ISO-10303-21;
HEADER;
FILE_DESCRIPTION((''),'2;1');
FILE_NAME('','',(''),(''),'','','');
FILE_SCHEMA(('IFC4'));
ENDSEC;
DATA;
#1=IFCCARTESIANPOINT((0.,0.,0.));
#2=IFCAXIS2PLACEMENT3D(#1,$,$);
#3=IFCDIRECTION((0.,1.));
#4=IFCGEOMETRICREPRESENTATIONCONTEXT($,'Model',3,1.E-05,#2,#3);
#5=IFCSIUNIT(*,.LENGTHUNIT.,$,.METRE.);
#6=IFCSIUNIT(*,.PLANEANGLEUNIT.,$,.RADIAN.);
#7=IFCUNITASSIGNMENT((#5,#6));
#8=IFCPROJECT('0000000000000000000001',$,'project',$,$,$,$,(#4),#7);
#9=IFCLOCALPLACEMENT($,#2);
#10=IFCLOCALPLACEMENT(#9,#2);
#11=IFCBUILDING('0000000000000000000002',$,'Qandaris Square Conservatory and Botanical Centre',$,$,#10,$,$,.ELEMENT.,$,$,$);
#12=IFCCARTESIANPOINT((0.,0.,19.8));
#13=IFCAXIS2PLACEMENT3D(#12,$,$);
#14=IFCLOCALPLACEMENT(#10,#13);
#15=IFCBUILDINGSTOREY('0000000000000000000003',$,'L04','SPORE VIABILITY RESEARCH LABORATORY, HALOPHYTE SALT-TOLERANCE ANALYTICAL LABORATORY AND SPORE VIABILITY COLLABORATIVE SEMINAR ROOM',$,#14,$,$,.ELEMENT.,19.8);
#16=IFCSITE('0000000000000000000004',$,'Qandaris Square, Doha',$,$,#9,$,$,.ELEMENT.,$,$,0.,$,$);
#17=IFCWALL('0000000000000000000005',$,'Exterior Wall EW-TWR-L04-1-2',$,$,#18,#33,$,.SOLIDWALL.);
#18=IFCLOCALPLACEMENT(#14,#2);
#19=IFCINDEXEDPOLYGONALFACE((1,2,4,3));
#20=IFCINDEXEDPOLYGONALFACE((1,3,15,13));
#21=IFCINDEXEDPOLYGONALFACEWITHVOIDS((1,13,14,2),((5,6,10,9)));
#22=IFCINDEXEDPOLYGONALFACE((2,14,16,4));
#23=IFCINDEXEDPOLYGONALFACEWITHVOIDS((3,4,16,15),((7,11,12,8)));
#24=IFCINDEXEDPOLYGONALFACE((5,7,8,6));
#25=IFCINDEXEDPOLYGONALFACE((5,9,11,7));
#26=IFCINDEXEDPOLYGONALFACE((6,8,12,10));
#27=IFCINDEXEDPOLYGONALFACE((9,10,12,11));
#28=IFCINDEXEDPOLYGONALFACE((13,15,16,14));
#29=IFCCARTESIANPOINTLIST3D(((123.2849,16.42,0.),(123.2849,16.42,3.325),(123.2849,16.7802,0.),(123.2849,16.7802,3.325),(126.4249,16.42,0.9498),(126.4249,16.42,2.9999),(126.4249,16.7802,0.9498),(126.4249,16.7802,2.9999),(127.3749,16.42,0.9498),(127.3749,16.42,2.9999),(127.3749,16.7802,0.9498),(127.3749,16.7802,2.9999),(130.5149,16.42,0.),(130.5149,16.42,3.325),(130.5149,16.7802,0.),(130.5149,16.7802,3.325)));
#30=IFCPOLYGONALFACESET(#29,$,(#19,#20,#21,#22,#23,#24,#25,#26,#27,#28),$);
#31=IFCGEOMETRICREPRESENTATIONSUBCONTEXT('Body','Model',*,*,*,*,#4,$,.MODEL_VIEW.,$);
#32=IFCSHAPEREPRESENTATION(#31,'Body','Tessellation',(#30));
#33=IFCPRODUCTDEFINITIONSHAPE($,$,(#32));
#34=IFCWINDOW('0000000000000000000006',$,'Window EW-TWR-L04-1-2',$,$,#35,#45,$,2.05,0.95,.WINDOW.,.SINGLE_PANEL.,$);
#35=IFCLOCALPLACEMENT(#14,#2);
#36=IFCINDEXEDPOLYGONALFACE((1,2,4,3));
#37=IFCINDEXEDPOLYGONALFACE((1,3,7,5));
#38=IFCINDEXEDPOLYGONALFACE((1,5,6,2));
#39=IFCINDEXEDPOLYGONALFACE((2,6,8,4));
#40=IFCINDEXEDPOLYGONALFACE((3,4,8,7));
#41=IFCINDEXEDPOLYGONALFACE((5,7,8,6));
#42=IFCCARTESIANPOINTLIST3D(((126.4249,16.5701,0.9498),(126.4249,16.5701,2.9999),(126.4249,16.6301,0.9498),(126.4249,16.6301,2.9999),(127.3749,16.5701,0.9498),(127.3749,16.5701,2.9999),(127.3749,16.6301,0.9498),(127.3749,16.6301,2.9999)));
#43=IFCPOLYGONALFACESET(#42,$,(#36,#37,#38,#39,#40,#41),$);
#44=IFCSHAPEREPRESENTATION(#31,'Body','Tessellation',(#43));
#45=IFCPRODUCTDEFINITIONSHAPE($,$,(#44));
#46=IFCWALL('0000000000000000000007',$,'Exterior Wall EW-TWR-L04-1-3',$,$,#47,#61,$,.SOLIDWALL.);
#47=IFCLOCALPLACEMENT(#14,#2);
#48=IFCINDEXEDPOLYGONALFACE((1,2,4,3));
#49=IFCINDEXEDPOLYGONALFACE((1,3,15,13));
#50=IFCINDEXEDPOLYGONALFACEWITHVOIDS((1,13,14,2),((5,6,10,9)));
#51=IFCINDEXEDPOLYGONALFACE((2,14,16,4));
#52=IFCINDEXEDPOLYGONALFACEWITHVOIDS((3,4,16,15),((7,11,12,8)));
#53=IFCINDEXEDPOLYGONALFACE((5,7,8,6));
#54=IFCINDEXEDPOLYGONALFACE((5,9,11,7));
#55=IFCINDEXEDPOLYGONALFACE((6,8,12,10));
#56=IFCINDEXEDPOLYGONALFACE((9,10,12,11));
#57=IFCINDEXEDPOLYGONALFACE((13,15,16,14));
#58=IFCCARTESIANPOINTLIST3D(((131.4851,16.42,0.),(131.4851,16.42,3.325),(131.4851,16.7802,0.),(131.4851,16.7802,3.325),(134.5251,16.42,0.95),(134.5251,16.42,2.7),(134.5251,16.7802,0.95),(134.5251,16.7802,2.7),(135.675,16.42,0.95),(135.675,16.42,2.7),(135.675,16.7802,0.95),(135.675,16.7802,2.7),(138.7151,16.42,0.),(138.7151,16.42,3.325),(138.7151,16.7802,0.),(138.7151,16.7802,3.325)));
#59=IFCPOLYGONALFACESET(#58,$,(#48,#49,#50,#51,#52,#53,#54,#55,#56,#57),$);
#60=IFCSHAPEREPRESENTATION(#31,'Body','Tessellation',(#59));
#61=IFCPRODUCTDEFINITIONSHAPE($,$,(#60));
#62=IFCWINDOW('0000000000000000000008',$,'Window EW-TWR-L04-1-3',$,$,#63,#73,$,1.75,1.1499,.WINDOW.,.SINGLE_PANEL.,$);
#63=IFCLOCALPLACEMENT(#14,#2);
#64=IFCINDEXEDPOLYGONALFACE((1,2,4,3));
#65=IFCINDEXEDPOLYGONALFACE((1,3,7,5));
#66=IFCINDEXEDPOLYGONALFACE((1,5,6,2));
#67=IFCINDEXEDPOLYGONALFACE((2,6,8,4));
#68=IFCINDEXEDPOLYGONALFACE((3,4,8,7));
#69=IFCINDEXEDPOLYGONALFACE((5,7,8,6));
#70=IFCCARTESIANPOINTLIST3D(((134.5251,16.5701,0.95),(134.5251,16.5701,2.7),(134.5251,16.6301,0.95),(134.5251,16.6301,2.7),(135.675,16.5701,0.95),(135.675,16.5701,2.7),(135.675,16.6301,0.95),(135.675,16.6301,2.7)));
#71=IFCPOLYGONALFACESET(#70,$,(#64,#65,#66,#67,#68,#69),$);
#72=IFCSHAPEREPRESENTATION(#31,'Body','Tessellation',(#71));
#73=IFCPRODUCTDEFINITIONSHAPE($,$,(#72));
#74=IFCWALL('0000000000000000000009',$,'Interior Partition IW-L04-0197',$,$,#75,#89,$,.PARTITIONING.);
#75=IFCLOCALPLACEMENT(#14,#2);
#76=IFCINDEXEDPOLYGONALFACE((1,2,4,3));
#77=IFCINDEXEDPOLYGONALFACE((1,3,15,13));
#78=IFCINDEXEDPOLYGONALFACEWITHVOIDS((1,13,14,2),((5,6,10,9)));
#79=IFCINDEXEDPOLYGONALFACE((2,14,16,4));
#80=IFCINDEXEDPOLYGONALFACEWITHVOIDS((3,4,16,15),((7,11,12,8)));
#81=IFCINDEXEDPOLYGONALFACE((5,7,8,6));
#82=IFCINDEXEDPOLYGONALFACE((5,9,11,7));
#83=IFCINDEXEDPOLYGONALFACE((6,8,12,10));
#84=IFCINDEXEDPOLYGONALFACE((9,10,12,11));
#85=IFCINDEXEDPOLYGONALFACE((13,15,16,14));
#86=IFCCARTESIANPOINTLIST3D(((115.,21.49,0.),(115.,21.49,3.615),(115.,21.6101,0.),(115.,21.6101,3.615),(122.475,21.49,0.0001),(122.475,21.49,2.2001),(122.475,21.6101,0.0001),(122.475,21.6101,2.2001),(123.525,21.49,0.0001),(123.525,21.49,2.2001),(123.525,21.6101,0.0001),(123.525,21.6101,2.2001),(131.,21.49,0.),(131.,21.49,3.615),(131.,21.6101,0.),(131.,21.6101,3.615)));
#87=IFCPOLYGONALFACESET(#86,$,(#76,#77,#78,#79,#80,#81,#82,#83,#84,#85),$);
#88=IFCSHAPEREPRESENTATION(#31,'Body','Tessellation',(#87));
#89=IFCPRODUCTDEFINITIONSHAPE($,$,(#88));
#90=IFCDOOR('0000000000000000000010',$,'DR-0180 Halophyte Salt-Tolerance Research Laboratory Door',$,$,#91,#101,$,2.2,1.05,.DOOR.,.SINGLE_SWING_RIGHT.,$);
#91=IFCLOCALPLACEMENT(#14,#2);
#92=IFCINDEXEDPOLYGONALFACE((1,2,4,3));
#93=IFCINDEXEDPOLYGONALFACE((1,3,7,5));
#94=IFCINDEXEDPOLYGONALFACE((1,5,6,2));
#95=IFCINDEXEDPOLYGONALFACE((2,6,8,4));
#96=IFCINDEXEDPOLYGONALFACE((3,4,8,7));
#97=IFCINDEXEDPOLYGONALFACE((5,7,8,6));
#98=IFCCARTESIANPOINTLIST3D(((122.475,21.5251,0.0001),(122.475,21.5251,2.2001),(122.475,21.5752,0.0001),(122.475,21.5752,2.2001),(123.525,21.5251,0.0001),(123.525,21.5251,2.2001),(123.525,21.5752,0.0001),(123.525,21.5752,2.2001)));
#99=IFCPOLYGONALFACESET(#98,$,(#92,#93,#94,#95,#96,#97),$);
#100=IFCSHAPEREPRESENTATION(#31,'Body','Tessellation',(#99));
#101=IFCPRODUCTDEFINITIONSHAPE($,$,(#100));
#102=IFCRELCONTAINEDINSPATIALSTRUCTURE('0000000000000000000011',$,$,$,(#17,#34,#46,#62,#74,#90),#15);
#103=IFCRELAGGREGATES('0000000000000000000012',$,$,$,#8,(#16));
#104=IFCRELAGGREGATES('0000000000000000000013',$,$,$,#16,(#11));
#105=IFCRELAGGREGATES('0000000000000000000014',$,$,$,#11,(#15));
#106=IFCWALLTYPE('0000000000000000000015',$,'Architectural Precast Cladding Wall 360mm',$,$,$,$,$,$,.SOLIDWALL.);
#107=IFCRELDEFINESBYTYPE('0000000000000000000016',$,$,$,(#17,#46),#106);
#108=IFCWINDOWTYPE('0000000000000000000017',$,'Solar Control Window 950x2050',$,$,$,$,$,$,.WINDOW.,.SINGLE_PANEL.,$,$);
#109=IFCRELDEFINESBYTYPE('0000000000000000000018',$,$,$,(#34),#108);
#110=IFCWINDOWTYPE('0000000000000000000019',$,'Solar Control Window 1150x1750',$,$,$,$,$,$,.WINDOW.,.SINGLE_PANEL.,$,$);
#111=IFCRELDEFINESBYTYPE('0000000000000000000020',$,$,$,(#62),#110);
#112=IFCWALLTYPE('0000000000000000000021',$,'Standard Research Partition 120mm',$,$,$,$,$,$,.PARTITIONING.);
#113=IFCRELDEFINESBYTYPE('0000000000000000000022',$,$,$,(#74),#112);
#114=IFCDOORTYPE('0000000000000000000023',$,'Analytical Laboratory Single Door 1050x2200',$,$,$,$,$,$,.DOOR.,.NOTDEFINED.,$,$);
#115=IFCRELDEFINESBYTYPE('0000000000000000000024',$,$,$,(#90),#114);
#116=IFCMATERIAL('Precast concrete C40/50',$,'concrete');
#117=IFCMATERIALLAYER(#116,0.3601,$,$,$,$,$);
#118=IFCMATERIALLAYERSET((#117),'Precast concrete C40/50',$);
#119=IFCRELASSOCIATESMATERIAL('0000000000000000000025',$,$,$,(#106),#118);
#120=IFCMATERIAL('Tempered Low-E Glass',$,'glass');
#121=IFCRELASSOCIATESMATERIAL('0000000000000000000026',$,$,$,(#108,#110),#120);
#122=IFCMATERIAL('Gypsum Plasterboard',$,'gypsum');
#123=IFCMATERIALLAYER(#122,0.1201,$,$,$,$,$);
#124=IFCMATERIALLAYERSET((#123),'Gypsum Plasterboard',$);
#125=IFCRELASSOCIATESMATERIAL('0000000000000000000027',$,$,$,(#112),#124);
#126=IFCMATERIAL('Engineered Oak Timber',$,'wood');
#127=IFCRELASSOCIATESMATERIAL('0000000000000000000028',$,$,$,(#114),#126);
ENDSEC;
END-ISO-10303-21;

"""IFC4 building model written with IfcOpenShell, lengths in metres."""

from ifc_helpers import new_model, si_unit, direction, frame, frame_2d, origin, place, context, subcontext, project, spatial, rectangle, extrude, material, layer, layer_set, type_object, element, fill, save


model = new_model("IFC4")

# Units and contexts
model_context = context("Model", 3, precision=1e-05, world=origin(), true_north=direction((0.0, 1.0)))
body_context = subcontext(model_context, "Body", "Model", "MODEL_VIEW")
ifc_project = project(units=[si_unit("LENGTHUNIT", "METRE"), si_unit("PLANEANGLEUNIT", "RADIAN")], contexts=[model_context])

# Site, building, storey
site_placement = place(None, origin())
site = spatial("IfcSite", under=ifc_project, at=site_placement, Name="Qandaris Square, Doha", CompositionType="ELEMENT", RefElevation=0.0)
building_placement = place(site_placement, origin())
building = spatial("IfcBuilding", under=site, at=building_placement, Name="Qandaris Square Conservatory and Botanical Centre", CompositionType="ELEMENT")
storey_placement = place(building_placement, frame((0.0, 0.0, 19.8)))
storey = spatial("IfcBuildingStorey", under=building, at=storey_placement, Name="L04", Description="SPORE VIABILITY RESEARCH LABORATORY, HALOPHYTE SALT-TOLERANCE ANALYTICAL LABORATORY AND SPORE VIABILITY COLLABORATIVE SEMINAR ROOM", CompositionType="ELEMENT", Elevation=19.8)

# Shared definitions
ifc_material_1 = material(Name="Gypsum Plasterboard", Category="gypsum")

# Walls, openings, windows
ifc_material_2 = material(Name="Precast concrete C40/50", Category="concrete")
ifc_layer_1 = layer(ifc_material_2, 0.3601)
ifc_layer_set_1 = layer_set([ifc_layer_1], Name="Precast concrete C40/50")
wall_type_1 = type_object("IfcWallType", Name="Architectural Precast Cladding Wall 360mm", PredefinedType="SOLIDWALL", material=ifc_layer_set_1)
wall_1_placement = place(storey_placement, frame((123.2849, 16.6001, 0.0), z_axis=(0.0, 0.0, 1.0), x_axis=(1.0, 0.0, 0.0)))
wall_1 = element("IfcWall", 1, at=wall_1_placement, inside=storey, type_object=wall_type_1, Name="Exterior Wall EW-TWR-L04-1-2", PredefinedType="SOLIDWALL", context=body_context, shape_type="SweptSolid", body=[
    extrude(rectangle(XDim=7.23, YDim=0.3601, at=frame_2d((3.615, 0.0))), origin(), (0.0, 0.0, 1.0), 3.325),
])
opening_1_placement = place(wall_1_placement, frame((3.1399, 0.0, 0.95)))
opening_1 = element("IfcOpeningElement", 2, at=opening_1_placement, cuts=wall_1, PredefinedType="OPENING", context=body_context, shape_type="SweptSolid", body=[
    extrude(rectangle(XDim=0.95, YDim=2.05, at=frame_2d((0.4751, 1.0249))), frame((0.0, 0.1919, 0.0), z_axis=(0.0, -1.0, 0.0), x_axis=(1.0, 0.0, 0.0)), (0.0, 0.0, 1.0), 0.384),
])
ifc_material_3 = material(Name="Tempered Low-E Glass", Category="glass")
window_type_1 = type_object("IfcWindowType", Name="Solar Control Window 950x2050", PartitioningType="SINGLE_PANEL", PredefinedType="WINDOW", material=ifc_material_3)
window_1_placement = place(opening_1_placement, origin())
window_1 = element("IfcWindow", 3, at=window_1_placement, inside=storey, type_object=window_type_1, Name="Window EW-TWR-L04-1-2", OverallHeight=2.05, OverallWidth=0.95, PartitioningType="SINGLE_PANEL", PredefinedType="WINDOW", context=body_context, shape_type="SweptSolid", body=[
    extrude(rectangle(XDim=0.95, YDim=2.05, at=frame_2d((0.4751, 1.0249))), frame((0.0, 0.03, 0.0), z_axis=(0.0, -1.0, 0.0), x_axis=(1.0, 0.0, 0.0)), (0.0, 0.0, 1.0), 0.0601),
])
fill(opening_1, window_1)
wall_2_placement = place(storey_placement, frame((131.4851, 16.6001, 0.0), z_axis=(0.0, 0.0, 1.0), x_axis=(1.0, 0.0, 0.0)))
wall_2 = element("IfcWall", 4, at=wall_2_placement, inside=storey, type_object=wall_type_1, Name="Exterior Wall EW-TWR-L04-1-3", PredefinedType="SOLIDWALL", context=body_context, shape_type="SweptSolid", body=[
    extrude(rectangle(XDim=7.23, YDim=0.3601, at=frame_2d((3.615, 0.0))), origin(), (0.0, 0.0, 1.0), 3.325),
])
opening_2_placement = place(wall_2_placement, frame((3.04, 0.0, 0.95)))
opening_2 = element("IfcOpeningElement", 5, at=opening_2_placement, cuts=wall_2, PredefinedType="OPENING", context=body_context, shape_type="SweptSolid", body=[
    extrude(rectangle(XDim=1.1499, YDim=1.75, at=frame_2d((0.575, 0.875))), frame((0.0, 0.1919, 0.0), z_axis=(0.0, -1.0, 0.0), x_axis=(1.0, 0.0, 0.0)), (0.0, 0.0, 1.0), 0.384),
])
window_type_2 = type_object("IfcWindowType", Name="Solar Control Window 1150x1750", PartitioningType="SINGLE_PANEL", PredefinedType="WINDOW", material=ifc_material_3)
window_2_placement = place(opening_2_placement, origin())
window_2 = element("IfcWindow", 6, at=window_2_placement, inside=storey, type_object=window_type_2, Name="Window EW-TWR-L04-1-3", OverallHeight=1.75, OverallWidth=1.1499, PartitioningType="SINGLE_PANEL", PredefinedType="WINDOW", context=body_context, shape_type="SweptSolid", body=[
    extrude(rectangle(XDim=1.1499, YDim=1.75, at=frame_2d((0.575, 0.875))), frame((0.0, 0.03, 0.0), z_axis=(0.0, -1.0, 0.0), x_axis=(1.0, 0.0, 0.0)), (0.0, 0.0, 1.0), 0.0601),
])
fill(opening_2, window_2)

# Wall, opening, door
ifc_layer_2 = layer(ifc_material_1, 0.1201)
ifc_layer_set_2 = layer_set([ifc_layer_2], Name="Gypsum Plasterboard")
wall_type_2 = type_object("IfcWallType", Name="Standard Research Partition 120mm", PredefinedType="PARTITIONING", material=ifc_layer_set_2)
wall_3_placement = place(storey_placement, frame((131.0, 21.55, 0.0), z_axis=(0.0, 0.0, 1.0), x_axis=(-1.0, 0.0, 0.0)))
wall_3 = element("IfcWall", 7, at=wall_3_placement, inside=storey, type_object=wall_type_2, Name="Interior Partition IW-L04-0197", PredefinedType="PARTITIONING", context=body_context, shape_type="SweptSolid", body=[
    extrude(rectangle(XDim=16.0, YDim=0.1201, at=frame_2d((8.0, 0.0))), origin(), (0.0, 0.0, 1.0), 3.615),
])
opening_3_placement = place(wall_3_placement, frame((7.4751, 0.0, 0.0)))
opening_3 = element("IfcOpeningElement", 8, at=opening_3_placement, cuts=wall_3, PredefinedType="OPENING", context=body_context, shape_type="SweptSolid", body=[
    extrude(rectangle(XDim=1.05, YDim=2.2, at=frame_2d((0.5249, 1.1001))), frame((0.0, 0.072, 0.0), z_axis=(0.0, -1.0, 0.0), x_axis=(1.0, 0.0, 0.0)), (0.0, 0.0, 1.0), 0.144),
])
ifc_material_4 = material(Name="Engineered Oak Timber", Category="wood")
door_type = type_object("IfcDoorType", Name="Analytical Laboratory Single Door 1050x2200", OperationType="NOTDEFINED", PredefinedType="DOOR", material=ifc_material_4)
door_placement = place(opening_3_placement, origin())
door = element("IfcDoor", 9, at=door_placement, inside=storey, type_object=door_type, Name="DR-0180 Halophyte Salt-Tolerance Research Laboratory Door", OperationType="SINGLE_SWING_RIGHT", OverallHeight=2.2, OverallWidth=1.05, PredefinedType="DOOR", context=body_context, shape_type="SweptSolid", body=[
    extrude(rectangle(XDim=1.05, YDim=2.2, at=frame_2d((0.5249, 1.1001))), frame((0.0, 0.0249, 0.0), z_axis=(0.0, -1.0, 0.0), x_axis=(1.0, 0.0, 0.0)), (0.0, 0.0, 1.0), 0.05),
])
fill(opening_3, door)

save(model, "model.ifc")
